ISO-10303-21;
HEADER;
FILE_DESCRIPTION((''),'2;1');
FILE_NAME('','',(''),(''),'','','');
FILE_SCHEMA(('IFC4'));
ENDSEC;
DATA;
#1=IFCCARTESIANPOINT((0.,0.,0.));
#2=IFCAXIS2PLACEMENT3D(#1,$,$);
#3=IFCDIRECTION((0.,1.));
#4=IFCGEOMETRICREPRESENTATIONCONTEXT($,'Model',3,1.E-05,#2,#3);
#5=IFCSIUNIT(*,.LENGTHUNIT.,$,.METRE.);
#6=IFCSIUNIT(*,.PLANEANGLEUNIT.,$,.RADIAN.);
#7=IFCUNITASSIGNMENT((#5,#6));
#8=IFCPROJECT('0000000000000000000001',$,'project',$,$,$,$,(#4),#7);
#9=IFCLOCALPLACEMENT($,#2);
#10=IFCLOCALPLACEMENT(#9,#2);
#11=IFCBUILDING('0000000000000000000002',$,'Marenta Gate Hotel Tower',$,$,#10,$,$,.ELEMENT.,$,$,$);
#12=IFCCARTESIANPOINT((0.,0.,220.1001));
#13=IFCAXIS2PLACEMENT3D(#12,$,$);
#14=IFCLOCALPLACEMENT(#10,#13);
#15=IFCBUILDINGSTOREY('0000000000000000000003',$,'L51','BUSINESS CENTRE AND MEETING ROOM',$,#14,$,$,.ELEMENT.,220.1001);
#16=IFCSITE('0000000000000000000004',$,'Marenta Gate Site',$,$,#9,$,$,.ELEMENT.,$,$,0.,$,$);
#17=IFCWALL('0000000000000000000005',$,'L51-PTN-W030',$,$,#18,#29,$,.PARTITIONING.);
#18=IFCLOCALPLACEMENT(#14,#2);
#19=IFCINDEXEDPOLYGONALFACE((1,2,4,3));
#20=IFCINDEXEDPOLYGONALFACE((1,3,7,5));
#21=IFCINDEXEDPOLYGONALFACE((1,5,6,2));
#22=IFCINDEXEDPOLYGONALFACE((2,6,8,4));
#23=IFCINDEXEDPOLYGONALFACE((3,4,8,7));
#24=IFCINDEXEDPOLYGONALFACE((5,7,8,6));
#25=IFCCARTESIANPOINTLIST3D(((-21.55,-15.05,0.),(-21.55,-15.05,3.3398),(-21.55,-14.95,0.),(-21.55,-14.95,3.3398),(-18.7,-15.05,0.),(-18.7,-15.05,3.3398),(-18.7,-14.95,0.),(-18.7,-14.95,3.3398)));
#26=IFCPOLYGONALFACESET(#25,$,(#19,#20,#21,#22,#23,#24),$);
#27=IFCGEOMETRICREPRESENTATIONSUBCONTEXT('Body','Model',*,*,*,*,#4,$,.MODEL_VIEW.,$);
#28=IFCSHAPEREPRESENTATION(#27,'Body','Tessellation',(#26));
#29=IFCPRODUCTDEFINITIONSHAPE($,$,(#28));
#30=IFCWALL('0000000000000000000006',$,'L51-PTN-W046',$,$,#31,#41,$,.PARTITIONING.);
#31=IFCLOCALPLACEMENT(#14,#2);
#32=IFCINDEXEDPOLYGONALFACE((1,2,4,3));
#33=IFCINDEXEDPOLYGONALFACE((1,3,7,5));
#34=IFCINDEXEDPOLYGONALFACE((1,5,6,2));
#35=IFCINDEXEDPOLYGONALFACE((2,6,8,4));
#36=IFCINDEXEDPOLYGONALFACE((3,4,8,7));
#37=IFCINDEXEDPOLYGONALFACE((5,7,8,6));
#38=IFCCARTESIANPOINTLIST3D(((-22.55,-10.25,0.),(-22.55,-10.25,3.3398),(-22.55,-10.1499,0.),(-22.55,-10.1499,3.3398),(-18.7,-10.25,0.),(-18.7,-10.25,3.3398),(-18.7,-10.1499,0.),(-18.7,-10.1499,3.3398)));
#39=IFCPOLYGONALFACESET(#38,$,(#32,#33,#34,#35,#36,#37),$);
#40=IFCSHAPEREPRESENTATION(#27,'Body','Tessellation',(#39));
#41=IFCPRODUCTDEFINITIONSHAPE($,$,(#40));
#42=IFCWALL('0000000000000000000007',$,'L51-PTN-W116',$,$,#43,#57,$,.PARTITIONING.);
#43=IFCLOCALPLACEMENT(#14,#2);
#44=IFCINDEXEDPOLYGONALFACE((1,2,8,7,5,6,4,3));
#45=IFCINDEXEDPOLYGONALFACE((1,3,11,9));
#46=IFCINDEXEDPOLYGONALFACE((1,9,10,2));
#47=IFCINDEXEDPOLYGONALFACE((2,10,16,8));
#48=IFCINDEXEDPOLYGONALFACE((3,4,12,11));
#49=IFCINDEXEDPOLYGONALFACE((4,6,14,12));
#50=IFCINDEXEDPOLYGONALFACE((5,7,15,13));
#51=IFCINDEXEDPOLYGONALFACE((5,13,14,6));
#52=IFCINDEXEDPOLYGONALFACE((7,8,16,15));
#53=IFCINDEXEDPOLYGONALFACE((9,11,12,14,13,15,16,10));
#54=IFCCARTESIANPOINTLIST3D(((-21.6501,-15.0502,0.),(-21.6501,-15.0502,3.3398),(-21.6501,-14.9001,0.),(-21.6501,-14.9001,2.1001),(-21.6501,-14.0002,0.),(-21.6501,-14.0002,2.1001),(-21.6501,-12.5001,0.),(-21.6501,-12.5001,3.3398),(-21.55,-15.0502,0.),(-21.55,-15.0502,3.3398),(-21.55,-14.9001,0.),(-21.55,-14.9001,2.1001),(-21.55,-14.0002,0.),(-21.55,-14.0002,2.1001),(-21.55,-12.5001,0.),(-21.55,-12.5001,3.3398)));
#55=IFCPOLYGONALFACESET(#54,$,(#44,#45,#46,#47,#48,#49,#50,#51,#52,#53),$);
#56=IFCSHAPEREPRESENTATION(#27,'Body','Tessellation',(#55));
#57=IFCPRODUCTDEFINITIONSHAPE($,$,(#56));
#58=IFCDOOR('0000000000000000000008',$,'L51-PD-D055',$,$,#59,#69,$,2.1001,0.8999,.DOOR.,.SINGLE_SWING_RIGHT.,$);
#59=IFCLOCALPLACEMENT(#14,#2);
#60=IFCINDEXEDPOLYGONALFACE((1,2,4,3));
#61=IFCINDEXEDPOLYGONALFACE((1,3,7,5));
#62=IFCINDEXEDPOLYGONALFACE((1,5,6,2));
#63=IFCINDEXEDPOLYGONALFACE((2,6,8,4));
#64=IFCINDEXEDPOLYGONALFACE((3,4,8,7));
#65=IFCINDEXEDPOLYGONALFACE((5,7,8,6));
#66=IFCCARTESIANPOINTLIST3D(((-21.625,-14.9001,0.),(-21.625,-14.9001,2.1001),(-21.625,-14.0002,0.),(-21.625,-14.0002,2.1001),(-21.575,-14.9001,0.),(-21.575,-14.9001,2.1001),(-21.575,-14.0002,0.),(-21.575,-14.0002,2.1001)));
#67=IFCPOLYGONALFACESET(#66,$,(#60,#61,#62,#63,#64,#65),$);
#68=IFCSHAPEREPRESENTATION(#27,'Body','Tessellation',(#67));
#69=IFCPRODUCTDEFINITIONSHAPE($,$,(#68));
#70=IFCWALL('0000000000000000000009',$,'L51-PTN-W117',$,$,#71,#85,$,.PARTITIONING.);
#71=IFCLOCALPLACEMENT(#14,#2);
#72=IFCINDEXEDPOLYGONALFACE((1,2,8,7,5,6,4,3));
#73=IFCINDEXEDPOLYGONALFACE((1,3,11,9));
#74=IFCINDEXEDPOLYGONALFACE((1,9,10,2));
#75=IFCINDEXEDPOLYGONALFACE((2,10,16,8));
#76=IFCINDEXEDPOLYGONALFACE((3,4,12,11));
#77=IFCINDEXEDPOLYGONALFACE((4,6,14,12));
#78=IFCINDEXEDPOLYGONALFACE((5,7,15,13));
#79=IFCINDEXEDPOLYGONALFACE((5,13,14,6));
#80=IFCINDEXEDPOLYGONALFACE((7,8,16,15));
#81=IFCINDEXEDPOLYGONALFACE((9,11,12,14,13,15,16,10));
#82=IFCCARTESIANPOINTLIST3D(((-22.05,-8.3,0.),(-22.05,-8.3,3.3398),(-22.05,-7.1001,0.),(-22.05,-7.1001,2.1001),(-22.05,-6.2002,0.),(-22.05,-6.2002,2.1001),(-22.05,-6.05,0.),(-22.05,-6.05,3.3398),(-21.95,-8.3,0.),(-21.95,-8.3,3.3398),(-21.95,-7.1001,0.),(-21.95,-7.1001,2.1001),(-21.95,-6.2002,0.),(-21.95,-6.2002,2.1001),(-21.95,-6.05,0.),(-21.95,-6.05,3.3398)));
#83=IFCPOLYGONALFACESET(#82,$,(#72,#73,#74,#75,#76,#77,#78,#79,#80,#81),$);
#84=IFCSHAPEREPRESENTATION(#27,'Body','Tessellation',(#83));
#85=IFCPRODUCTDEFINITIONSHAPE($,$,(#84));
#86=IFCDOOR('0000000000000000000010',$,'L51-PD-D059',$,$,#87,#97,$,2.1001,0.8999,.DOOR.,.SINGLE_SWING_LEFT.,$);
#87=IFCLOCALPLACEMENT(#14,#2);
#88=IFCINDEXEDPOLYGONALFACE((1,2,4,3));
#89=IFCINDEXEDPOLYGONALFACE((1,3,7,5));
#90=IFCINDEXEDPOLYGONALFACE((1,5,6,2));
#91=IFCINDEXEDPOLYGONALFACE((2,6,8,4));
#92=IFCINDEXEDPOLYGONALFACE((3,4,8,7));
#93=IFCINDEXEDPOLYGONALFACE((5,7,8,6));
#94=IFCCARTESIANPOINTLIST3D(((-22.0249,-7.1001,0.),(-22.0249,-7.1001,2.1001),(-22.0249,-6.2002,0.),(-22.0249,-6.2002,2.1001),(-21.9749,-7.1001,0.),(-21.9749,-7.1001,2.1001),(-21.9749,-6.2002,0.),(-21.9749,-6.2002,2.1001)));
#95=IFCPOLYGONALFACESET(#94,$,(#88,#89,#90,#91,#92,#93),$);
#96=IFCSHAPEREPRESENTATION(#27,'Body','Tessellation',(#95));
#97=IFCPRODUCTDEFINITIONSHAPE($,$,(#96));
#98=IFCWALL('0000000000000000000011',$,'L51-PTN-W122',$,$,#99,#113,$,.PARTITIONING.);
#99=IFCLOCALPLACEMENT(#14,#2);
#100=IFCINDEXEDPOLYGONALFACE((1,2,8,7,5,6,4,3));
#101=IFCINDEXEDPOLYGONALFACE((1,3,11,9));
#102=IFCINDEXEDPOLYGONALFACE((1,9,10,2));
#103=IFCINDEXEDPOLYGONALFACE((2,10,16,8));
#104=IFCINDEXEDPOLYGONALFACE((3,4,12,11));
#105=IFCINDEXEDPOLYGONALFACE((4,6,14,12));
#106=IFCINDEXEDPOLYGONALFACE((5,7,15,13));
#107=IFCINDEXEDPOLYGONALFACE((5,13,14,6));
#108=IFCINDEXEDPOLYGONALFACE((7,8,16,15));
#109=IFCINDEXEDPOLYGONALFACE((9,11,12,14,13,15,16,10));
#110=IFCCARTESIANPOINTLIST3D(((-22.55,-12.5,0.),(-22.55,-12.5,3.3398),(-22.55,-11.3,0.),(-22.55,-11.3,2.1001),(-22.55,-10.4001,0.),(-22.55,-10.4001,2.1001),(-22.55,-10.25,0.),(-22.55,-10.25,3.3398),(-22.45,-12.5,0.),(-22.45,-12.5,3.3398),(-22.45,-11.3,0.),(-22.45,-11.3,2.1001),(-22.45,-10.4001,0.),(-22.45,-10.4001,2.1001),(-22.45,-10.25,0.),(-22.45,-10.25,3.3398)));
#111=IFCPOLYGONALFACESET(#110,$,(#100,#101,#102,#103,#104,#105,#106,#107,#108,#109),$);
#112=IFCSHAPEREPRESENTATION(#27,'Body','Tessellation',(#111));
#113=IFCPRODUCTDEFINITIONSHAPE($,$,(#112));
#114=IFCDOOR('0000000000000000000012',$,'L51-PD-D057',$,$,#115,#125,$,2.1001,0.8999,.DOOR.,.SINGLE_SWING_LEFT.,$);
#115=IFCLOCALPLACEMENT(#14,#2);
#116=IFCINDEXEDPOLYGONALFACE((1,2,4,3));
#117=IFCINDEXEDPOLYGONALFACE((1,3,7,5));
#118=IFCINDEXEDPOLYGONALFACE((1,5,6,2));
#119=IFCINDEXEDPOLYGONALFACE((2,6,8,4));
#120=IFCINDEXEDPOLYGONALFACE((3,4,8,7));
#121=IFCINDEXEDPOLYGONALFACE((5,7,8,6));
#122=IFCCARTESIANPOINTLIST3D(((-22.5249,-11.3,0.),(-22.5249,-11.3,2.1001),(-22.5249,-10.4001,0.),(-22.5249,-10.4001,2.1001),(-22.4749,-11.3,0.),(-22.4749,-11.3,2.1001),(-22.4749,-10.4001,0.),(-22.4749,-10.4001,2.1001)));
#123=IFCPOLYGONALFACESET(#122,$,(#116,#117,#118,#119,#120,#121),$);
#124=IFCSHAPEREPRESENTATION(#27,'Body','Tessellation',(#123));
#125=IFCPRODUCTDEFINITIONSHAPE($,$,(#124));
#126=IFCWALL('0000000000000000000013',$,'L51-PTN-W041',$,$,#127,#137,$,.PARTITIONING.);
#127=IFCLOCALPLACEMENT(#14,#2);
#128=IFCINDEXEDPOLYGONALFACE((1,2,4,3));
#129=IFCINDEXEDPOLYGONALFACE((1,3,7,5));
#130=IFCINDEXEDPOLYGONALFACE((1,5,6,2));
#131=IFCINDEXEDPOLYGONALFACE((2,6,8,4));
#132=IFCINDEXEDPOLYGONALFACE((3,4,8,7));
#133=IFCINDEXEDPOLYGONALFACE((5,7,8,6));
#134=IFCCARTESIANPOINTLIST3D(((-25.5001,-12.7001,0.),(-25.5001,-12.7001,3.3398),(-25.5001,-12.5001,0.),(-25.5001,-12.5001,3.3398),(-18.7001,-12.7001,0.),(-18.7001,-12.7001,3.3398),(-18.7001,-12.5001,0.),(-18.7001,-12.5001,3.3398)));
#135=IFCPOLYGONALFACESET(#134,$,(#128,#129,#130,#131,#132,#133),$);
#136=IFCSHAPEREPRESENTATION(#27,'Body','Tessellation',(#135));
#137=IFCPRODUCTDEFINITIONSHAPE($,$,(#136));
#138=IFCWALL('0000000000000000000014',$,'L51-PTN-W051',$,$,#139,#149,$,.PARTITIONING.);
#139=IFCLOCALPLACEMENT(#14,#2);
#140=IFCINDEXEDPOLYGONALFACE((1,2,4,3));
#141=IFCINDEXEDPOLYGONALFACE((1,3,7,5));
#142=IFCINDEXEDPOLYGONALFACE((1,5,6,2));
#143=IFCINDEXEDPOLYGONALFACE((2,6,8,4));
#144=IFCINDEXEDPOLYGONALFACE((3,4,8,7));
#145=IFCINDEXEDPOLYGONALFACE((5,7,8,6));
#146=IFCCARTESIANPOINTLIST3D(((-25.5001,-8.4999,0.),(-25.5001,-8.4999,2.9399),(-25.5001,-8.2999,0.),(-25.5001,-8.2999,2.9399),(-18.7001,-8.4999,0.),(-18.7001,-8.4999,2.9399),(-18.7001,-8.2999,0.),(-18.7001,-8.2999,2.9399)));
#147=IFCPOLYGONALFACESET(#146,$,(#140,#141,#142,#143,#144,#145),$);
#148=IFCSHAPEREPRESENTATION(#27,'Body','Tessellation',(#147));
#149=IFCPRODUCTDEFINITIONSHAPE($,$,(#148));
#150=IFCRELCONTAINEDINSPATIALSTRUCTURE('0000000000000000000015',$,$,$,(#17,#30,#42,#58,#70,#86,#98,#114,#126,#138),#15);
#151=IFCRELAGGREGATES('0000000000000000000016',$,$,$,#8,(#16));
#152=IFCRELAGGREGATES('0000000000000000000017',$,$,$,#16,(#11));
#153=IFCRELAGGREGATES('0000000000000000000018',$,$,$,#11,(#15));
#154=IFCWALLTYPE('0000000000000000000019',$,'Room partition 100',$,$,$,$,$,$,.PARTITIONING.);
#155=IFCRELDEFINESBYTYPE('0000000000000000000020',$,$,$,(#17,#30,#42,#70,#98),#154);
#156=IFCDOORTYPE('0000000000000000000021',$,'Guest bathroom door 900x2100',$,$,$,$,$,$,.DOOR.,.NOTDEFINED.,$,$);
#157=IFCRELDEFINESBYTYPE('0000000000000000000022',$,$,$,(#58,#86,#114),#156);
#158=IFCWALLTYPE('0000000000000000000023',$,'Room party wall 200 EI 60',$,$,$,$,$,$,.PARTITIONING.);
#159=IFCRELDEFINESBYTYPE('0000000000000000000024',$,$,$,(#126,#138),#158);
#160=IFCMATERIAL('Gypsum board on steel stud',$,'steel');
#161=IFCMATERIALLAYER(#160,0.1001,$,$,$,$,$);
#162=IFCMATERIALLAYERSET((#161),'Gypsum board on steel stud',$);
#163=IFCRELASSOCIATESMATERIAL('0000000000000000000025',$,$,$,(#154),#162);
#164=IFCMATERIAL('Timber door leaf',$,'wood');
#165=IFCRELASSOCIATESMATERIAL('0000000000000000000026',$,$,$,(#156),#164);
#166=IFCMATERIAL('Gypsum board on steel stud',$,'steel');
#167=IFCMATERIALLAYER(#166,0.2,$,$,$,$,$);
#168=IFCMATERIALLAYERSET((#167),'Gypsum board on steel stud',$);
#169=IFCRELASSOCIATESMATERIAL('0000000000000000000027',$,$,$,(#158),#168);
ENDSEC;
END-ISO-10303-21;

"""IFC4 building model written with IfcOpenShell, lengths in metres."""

from ifc_helpers import new_model, si_unit, direction, frame, frame_2d, origin, place, context, subcontext, project, spatial, rectangle, extrude, material, layer, layer_set, type_object, element, fill, save


model = new_model("IFC4")

# Units and contexts
model_context = context("Model", 3, precision=1e-05, world=origin(), true_north=direction((0.0, 1.0)))
body_context = subcontext(model_context, "Body", "Model", "MODEL_VIEW")
ifc_project = project(units=[si_unit("LENGTHUNIT", "METRE"), si_unit("PLANEANGLEUNIT", "RADIAN")], contexts=[model_context])

# Site, building, storey
site_placement = place(None, origin())
site = spatial("IfcSite", under=ifc_project, at=site_placement, Name="Marenta Gate Site", CompositionType="ELEMENT", RefElevation=0.0)
building_placement = place(site_placement, origin())
building = spatial("IfcBuilding", under=site, at=building_placement, Name="Marenta Gate Hotel Tower", CompositionType="ELEMENT")
storey_placement = place(building_placement, frame((0.0, 0.0, 220.1001)))
storey = spatial("IfcBuildingStorey", under=building, at=storey_placement, Name="L51", Description="BUSINESS CENTRE AND MEETING ROOM", CompositionType="ELEMENT", Elevation=220.1001)

# Walls
ifc_material_1 = material(Name="Gypsum board on steel stud", Category="steel")
ifc_layer_1 = layer(ifc_material_1, 0.1001)
ifc_layer_set_1 = layer_set([ifc_layer_1], Name="Gypsum board on steel stud")
wall_type_1 = type_object("IfcWallType", Name="Room partition 100", PredefinedType="PARTITIONING", material=ifc_layer_set_1)
wall_1_placement = place(storey_placement, frame((-21.55, -15.0, 0.0), z_axis=(0.0, 0.0, 1.0), x_axis=(1.0, 0.0, 0.0)))
element("IfcWall", 1, at=wall_1_placement, inside=storey, type_object=wall_type_1, Name="L51-PTN-W030", PredefinedType="PARTITIONING", context=body_context, shape_type="SweptSolid", body=[
    extrude(rectangle(XDim=2.8501, YDim=0.1001, at=frame_2d((1.425, 0.0))), origin(), (0.0, 0.0, 1.0), 3.3398),
])
wall_2_placement = place(storey_placement, frame((-22.55, -10.2, 0.0), z_axis=(0.0, 0.0, 1.0), x_axis=(1.0, 0.0, 0.0)))
element("IfcWall", 2, at=wall_2_placement, inside=storey, type_object=wall_type_1, Name="L51-PTN-W046", PredefinedType="PARTITIONING", context=body_context, shape_type="SweptSolid", body=[
    extrude(rectangle(XDim=3.8501, YDim=0.1001, at=frame_2d((1.925, 0.0))), origin(), (0.0, 0.0, 1.0), 3.3398),
])

# Walls, openings, doors
wall_3_placement = place(storey_placement, frame((-21.6001, -15.05, 0.0), z_axis=(0.0, 0.0, 1.0), x_axis=(0.0, 1.0, 0.0)))
wall_3 = element("IfcWall", 3, at=wall_3_placement, inside=storey, type_object=wall_type_1, Name="L51-PTN-W116", PredefinedType="PARTITIONING", context=body_context, shape_type="SweptSolid", body=[
    extrude(rectangle(XDim=2.55, YDim=0.1001, at=frame_2d((1.2749, 0.0))), origin(), (0.0, 0.0, 1.0), 3.3398),
])
opening_1_placement = place(wall_3_placement, frame((0.1499, 0.0, 0.0)))
opening_1 = element("IfcOpeningElement", 4, at=opening_1_placement, cuts=wall_3, PredefinedType="OPENING", context=body_context, shape_type="SweptSolid", body=[
    extrude(rectangle(XDim=0.8999, YDim=2.1001, at=frame_2d((0.45, 1.05))), frame((0.0, 0.05, 0.0), z_axis=(0.0, -1.0, 0.0), x_axis=(1.0, 0.0, 0.0)), (0.0, 0.0, 1.0), 0.1001),
])
ifc_material_2 = material(Name="Timber door leaf", Category="wood")
door_type_1 = type_object("IfcDoorType", Name="Guest bathroom door 900x2100", OperationType="NOTDEFINED", PredefinedType="DOOR", material=ifc_material_2)
door_1_placement = place(opening_1_placement, origin())
door_1 = element("IfcDoor", 5, at=door_1_placement, inside=storey, type_object=door_type_1, Name="L51-PD-D055", OperationType="SINGLE_SWING_RIGHT", OverallHeight=2.1001, OverallWidth=0.8999, PredefinedType="DOOR", context=body_context, shape_type="SweptSolid", body=[
    extrude(rectangle(XDim=0.8999, YDim=2.1001, at=frame_2d((0.45, 1.05))), frame((0.0, 0.0249, 0.0), z_axis=(0.0, -1.0, 0.0), x_axis=(1.0, 0.0, 0.0)), (0.0, 0.0, 1.0), 0.05),
])
fill(opening_1, door_1)
wall_4_placement = place(storey_placement, frame((-22.0, -8.3, 0.0), z_axis=(0.0, 0.0, 1.0), x_axis=(0.0, 1.0, 0.0)))
wall_4 = element("IfcWall", 6, at=wall_4_placement, inside=storey, type_object=wall_type_1, Name="L51-PTN-W117", PredefinedType="PARTITIONING", context=body_context, shape_type="SweptSolid", body=[
    extrude(rectangle(XDim=2.25, YDim=0.1001, at=frame_2d((1.125, 0.0))), origin(), (0.0, 0.0, 1.0), 3.3398),
])
opening_2_placement = place(wall_4_placement, frame((1.2, 0.0, 0.0)))
opening_2 = element("IfcOpeningElement", 7, at=opening_2_placement, cuts=wall_4, PredefinedType="OPENING", context=body_context, shape_type="SweptSolid", body=[
    extrude(rectangle(XDim=0.8999, YDim=2.1001, at=frame_2d((0.45, 1.05))), frame((0.0, 0.05, 0.0), z_axis=(0.0, -1.0, 0.0), x_axis=(1.0, 0.0, 0.0)), (0.0, 0.0, 1.0), 0.1001),
])
door_2_placement = place(opening_2_placement, origin())
door_2 = element("IfcDoor", 8, at=door_2_placement, inside=storey, type_object=door_type_1, Name="L51-PD-D059", OperationType="SINGLE_SWING_LEFT", OverallHeight=2.1001, OverallWidth=0.8999, PredefinedType="DOOR", context=body_context, shape_type="SweptSolid", body=[
    extrude(rectangle(XDim=0.8999, YDim=2.1001, at=frame_2d((0.45, 1.05))), frame((0.0, 0.0249, 0.0), z_axis=(0.0, -1.0, 0.0), x_axis=(1.0, 0.0, 0.0)), (0.0, 0.0, 1.0), 0.05),
])
fill(opening_2, door_2)
wall_5_placement = place(storey_placement, frame((-22.5, -12.5, 0.0), z_axis=(0.0, 0.0, 1.0), x_axis=(0.0, 1.0, 0.0)))
wall_5 = element("IfcWall", 9, at=wall_5_placement, inside=storey, type_object=wall_type_1, Name="L51-PTN-W122", PredefinedType="PARTITIONING", context=body_context, shape_type="SweptSolid", body=[
    extrude(rectangle(XDim=2.25, YDim=0.1001, at=frame_2d((1.125, 0.0))), origin(), (0.0, 0.0, 1.0), 3.3398),
])
opening_3_placement = place(wall_5_placement, frame((1.2, 0.0, 0.0)))
opening_3 = element("IfcOpeningElement", 10, at=opening_3_placement, cuts=wall_5, PredefinedType="OPENING", context=body_context, shape_type="SweptSolid", body=[
    extrude(rectangle(XDim=0.8999, YDim=2.1001, at=frame_2d((0.45, 1.05))), frame((0.0, 0.05, 0.0), z_axis=(0.0, -1.0, 0.0), x_axis=(1.0, 0.0, 0.0)), (0.0, 0.0, 1.0), 0.1001),
])
door_3_placement = place(opening_3_placement, origin())
door_3 = element("IfcDoor", 11, at=door_3_placement, inside=storey, type_object=door_type_1, Name="L51-PD-D057", OperationType="SINGLE_SWING_LEFT", OverallHeight=2.1001, OverallWidth=0.8999, PredefinedType="DOOR", context=body_context, shape_type="SweptSolid", body=[
    extrude(rectangle(XDim=0.8999, YDim=2.1001, at=frame_2d((0.45, 1.05))), frame((0.0, 0.0249, 0.0), z_axis=(0.0, -1.0, 0.0), x_axis=(1.0, 0.0, 0.0)), (0.0, 0.0, 1.0), 0.05),
])
fill(opening_3, door_3)

# Walls
ifc_material_3 = material(Name="Gypsum board on steel stud", Category="steel")
ifc_layer_2 = layer(ifc_material_3, 0.2)
ifc_layer_set_2 = layer_set([ifc_layer_2], Name="Gypsum board on steel stud")
wall_type_2 = type_object("IfcWallType", Name="Room party wall 200 EI 60", PredefinedType="PARTITIONING", material=ifc_layer_set_2)
wall_6_placement = place(storey_placement, frame((-25.5, -12.6001, 0.0), z_axis=(0.0, 0.0, 1.0), x_axis=(1.0, 0.0, 0.0)))
element("IfcWall", 12, at=wall_6_placement, inside=storey, type_object=wall_type_2, Name="L51-PTN-W041", PredefinedType="PARTITIONING", context=body_context, shape_type="SweptSolid", body=[
    extrude(rectangle(XDim=6.8, YDim=0.2, at=frame_2d((3.3999, 0.0))), origin(), (0.0, 0.0, 1.0), 3.3398),
])
wall_7_placement = place(storey_placement, frame((-25.5, -8.3999, 0.0), z_axis=(0.0, 0.0, 1.0), x_axis=(1.0, 0.0, 0.0)))
element("IfcWall", 13, at=wall_7_placement, inside=storey, type_object=wall_type_2, Name="L51-PTN-W051", PredefinedType="PARTITIONING", context=body_context, shape_type="SweptSolid", body=[
    extrude(rectangle(XDim=6.8, YDim=0.2, at=frame_2d((3.3999, 0.0))), origin(), (0.0, 0.0, 1.0), 2.9399),
])

save(model, "model.ifc")
